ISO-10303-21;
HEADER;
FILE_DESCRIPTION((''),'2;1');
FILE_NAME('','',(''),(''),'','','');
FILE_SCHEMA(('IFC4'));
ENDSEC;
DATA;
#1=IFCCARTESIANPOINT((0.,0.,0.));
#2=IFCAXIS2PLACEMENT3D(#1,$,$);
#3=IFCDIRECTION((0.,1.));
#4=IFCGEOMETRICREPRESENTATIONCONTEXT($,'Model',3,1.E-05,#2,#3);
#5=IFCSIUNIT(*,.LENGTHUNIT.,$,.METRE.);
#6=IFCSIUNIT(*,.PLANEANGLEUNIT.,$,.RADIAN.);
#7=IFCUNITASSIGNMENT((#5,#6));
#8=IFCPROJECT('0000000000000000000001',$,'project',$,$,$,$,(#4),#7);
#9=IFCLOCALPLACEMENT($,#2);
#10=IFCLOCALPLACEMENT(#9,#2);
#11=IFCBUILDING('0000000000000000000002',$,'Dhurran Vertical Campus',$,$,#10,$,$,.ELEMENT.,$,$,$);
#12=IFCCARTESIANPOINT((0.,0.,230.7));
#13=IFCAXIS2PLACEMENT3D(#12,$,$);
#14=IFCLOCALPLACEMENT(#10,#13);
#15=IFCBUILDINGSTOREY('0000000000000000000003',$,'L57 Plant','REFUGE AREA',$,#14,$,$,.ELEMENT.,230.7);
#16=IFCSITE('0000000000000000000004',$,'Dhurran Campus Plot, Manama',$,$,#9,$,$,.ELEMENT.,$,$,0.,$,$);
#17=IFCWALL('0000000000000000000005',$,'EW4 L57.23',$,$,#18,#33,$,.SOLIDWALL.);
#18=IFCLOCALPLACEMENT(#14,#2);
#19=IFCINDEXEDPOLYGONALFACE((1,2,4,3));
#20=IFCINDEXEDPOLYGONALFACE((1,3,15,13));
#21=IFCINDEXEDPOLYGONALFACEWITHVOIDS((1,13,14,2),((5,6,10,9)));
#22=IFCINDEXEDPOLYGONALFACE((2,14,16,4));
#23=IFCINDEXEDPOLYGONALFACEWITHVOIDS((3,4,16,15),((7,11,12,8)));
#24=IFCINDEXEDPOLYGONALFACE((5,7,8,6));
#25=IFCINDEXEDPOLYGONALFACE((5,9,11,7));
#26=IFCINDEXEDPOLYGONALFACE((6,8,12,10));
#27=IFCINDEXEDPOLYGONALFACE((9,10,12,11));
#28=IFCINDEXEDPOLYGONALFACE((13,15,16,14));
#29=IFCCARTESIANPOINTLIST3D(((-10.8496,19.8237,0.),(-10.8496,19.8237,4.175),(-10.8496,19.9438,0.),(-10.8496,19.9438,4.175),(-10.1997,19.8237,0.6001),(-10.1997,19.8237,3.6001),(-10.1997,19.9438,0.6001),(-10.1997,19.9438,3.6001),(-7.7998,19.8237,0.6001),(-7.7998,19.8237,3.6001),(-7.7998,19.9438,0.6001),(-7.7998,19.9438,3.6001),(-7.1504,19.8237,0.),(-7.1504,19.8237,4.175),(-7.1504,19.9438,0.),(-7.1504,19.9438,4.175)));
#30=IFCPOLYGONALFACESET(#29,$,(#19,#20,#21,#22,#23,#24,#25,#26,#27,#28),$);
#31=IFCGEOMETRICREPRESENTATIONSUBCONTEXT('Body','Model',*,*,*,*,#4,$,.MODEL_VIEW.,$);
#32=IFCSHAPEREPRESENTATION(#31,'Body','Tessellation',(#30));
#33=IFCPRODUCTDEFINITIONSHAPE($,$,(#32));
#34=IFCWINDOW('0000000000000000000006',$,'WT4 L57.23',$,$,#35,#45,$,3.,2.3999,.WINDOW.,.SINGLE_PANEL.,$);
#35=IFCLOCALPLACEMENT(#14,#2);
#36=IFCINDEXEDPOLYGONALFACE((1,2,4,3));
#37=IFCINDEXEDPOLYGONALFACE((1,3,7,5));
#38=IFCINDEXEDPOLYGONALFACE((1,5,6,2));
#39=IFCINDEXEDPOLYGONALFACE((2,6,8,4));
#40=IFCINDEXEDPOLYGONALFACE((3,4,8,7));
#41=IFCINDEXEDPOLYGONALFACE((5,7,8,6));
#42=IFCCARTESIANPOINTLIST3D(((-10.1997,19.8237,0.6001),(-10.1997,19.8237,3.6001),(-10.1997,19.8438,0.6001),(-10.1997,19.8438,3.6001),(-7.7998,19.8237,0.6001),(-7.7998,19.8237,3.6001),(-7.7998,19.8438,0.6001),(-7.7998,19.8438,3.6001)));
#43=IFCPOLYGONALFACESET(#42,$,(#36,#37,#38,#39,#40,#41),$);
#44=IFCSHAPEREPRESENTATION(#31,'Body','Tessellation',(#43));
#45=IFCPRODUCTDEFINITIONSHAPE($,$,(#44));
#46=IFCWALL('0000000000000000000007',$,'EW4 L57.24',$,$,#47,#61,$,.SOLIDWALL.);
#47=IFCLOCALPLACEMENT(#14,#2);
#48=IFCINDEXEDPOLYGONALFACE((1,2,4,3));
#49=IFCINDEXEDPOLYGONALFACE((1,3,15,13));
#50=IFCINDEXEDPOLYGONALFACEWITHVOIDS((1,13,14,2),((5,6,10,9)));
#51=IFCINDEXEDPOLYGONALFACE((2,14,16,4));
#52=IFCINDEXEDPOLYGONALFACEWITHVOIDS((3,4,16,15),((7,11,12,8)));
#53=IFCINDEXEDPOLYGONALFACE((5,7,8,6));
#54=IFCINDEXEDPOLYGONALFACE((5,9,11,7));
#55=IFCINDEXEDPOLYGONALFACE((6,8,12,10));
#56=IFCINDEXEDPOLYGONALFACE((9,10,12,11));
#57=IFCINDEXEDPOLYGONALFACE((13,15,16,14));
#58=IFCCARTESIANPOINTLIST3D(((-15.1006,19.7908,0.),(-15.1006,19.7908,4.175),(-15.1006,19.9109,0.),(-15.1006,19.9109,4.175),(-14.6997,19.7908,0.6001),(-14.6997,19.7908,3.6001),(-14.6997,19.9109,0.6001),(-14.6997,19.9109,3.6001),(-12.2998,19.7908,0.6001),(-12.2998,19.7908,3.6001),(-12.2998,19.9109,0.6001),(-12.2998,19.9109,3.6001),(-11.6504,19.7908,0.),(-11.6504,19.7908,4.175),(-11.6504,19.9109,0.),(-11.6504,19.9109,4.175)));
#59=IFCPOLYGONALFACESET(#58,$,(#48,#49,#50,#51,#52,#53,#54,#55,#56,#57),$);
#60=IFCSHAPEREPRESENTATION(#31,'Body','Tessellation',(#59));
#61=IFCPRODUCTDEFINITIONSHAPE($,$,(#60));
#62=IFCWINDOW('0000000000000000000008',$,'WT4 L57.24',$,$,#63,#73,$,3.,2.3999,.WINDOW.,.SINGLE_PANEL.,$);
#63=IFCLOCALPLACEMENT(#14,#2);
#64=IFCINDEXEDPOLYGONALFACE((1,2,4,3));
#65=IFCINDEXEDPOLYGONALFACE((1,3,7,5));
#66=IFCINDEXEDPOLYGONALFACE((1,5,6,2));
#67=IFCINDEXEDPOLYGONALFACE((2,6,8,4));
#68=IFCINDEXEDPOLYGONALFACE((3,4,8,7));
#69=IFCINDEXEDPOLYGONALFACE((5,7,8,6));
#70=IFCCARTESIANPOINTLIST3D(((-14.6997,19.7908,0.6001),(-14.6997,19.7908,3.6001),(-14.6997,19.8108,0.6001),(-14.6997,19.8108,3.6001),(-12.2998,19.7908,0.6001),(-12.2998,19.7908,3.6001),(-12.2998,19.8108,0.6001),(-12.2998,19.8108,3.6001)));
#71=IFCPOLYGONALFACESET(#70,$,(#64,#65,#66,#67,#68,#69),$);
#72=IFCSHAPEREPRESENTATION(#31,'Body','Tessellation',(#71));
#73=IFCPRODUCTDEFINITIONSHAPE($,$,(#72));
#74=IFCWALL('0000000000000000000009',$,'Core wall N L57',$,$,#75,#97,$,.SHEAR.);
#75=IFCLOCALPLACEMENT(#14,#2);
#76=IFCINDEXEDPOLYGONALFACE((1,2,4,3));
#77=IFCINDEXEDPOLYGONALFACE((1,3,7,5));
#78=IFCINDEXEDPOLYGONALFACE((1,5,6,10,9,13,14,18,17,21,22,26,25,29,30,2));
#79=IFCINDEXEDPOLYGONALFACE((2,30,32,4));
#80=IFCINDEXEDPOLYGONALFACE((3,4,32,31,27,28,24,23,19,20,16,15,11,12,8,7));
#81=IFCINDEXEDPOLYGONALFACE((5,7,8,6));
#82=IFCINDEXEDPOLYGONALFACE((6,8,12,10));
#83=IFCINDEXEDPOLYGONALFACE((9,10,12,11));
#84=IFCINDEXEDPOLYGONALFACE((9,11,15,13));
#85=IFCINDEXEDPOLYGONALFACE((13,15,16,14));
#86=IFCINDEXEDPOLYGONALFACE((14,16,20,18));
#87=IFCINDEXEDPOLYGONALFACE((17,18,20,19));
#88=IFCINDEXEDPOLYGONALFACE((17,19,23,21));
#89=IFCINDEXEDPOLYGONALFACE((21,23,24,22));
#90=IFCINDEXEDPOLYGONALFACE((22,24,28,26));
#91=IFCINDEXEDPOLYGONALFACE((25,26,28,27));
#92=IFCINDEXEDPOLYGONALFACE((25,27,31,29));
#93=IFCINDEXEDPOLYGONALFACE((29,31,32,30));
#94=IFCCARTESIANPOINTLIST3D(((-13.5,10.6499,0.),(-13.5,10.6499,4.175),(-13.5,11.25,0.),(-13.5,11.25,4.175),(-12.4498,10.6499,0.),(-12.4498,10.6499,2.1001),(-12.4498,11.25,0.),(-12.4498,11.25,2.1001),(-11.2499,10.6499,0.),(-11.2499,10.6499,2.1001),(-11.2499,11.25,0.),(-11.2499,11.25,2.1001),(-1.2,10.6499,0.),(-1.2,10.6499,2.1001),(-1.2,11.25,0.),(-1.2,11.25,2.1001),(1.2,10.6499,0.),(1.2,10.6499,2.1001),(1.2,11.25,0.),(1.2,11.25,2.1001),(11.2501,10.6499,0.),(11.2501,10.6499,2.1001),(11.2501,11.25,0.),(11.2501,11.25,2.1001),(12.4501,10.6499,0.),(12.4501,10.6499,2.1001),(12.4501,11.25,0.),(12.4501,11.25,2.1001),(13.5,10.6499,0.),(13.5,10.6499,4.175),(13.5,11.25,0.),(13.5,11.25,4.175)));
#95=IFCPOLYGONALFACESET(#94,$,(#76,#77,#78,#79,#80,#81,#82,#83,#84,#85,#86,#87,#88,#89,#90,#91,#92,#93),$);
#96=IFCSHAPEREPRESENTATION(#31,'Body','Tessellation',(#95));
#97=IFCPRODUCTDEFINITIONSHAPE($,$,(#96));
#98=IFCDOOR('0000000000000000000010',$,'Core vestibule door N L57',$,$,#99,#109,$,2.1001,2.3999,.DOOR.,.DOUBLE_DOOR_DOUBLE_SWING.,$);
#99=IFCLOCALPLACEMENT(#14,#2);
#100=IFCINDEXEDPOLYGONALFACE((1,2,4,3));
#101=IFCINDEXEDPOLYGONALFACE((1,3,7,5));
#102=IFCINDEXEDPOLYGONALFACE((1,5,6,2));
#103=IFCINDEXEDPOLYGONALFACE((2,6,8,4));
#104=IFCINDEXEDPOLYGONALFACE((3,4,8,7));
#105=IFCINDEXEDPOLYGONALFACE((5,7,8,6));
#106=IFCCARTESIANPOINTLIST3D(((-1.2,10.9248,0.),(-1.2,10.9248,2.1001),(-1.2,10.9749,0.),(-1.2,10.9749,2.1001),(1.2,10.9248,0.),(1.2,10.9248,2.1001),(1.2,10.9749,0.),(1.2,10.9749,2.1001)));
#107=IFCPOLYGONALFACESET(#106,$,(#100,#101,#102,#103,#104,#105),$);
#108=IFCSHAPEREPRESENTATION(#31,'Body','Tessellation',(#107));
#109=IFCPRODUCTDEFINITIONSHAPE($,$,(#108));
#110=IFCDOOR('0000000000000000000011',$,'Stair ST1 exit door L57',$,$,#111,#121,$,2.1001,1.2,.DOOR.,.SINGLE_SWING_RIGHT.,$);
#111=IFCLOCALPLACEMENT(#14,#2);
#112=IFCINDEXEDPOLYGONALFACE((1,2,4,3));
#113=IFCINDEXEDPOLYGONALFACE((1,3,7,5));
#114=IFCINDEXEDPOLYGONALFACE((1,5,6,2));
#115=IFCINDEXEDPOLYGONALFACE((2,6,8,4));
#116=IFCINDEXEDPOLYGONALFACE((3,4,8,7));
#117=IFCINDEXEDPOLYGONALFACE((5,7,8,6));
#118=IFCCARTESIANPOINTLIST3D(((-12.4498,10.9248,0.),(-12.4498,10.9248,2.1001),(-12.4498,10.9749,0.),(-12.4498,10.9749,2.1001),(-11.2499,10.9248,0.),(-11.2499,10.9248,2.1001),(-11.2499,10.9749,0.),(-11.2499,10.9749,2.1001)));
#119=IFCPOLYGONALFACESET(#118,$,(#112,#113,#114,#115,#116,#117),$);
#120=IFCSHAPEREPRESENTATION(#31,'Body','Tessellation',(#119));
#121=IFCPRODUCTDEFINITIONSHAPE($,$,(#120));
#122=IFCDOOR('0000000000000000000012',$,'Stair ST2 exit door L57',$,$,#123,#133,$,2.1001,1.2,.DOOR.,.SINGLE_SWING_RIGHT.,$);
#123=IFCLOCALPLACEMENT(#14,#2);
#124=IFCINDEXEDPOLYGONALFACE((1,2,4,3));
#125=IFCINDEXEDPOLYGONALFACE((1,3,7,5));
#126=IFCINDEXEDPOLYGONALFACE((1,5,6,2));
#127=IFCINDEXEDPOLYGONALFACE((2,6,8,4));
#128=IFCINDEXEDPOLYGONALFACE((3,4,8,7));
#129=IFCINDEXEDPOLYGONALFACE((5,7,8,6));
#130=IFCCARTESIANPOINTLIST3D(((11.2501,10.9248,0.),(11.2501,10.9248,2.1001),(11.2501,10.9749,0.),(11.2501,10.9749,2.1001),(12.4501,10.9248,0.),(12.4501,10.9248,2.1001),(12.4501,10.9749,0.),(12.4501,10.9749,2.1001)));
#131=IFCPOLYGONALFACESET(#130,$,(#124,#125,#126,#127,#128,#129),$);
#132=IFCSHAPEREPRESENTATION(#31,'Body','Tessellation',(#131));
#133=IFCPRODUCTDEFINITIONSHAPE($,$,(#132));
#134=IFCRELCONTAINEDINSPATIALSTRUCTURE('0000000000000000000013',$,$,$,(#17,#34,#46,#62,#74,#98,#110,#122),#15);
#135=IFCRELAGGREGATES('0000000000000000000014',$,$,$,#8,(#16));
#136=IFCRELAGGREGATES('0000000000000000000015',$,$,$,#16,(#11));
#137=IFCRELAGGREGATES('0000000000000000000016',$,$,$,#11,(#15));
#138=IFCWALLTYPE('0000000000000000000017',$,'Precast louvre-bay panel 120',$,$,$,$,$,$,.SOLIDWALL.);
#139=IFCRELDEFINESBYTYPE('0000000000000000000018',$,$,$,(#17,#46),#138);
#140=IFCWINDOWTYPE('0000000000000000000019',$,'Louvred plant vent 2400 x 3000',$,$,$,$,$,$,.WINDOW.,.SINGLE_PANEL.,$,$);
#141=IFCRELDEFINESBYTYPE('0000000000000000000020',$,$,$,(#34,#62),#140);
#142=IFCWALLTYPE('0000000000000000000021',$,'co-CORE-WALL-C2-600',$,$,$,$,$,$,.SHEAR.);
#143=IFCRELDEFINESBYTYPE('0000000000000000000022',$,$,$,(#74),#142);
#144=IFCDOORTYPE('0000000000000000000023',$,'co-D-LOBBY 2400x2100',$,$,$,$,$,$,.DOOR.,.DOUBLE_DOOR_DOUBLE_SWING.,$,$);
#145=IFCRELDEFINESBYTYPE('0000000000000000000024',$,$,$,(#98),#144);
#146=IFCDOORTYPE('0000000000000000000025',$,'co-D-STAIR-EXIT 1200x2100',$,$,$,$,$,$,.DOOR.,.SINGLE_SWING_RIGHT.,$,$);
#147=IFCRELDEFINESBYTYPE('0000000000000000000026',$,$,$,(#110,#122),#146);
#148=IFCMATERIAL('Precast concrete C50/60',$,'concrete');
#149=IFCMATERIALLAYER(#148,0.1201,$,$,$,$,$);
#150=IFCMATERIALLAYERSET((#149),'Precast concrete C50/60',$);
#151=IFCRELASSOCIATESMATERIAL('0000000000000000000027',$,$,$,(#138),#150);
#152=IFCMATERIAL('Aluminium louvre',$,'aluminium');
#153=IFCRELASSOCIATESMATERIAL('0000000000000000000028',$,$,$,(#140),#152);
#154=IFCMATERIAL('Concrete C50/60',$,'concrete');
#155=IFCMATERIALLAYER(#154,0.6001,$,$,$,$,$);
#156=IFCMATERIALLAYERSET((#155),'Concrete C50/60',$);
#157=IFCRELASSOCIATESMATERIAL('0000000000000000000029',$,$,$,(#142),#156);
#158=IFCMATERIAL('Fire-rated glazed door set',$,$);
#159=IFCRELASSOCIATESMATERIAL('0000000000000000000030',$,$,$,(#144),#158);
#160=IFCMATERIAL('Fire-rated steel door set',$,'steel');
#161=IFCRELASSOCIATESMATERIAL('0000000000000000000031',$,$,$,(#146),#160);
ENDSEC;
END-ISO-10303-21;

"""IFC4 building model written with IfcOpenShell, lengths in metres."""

from ifc_helpers import new_model, si_unit, direction, frame, frame_2d, origin, place, context, subcontext, project, spatial, rectangle, extrude, material, layer, layer_set, type_object, element, fill, save


model = new_model("IFC4")

# Units and contexts
model_context = context("Model", 3, precision=1e-05, world=origin(), true_north=direction((0.0, 1.0)))
body_context = subcontext(model_context, "Body", "Model", "MODEL_VIEW")
ifc_project = project(units=[si_unit("LENGTHUNIT", "METRE"), si_unit("PLANEANGLEUNIT", "RADIAN")], contexts=[model_context])

# Site, building, storey
site_placement = place(None, origin())
site = spatial("IfcSite", under=ifc_project, at=site_placement, Name="Dhurran Campus Plot, Manama", CompositionType="ELEMENT", RefElevation=0.0)
building_placement = place(site_placement, origin())
building = spatial("IfcBuilding", under=site, at=building_placement, Name="Dhurran Vertical Campus", CompositionType="ELEMENT")
storey_placement = place(building_placement, frame((0.0, 0.0, 230.7)))
storey = spatial("IfcBuildingStorey", under=building, at=storey_placement, Name="L57 Plant", Description="REFUGE AREA", CompositionType="ELEMENT", Elevation=230.7)

# Walls, openings, windows
ifc_material_1 = material(Name="Precast concrete C50/60", Category="concrete")
ifc_layer_1 = layer(ifc_material_1, 0.1201)
ifc_layer_set_1 = layer_set([ifc_layer_1], Name="Precast concrete C50/60")
wall_type_1 = type_object("IfcWallType", Name="Precast louvre-bay panel 120", PredefinedType="SOLIDWALL", material=ifc_layer_set_1)
wall_1_placement = place(storey_placement, frame((-7.1504, 19.8838, 0.0), z_axis=(0.0, 0.0, 1.0), x_axis=(-1.0, 0.0, 0.0)))
wall_1 = element("IfcWall", 1, at=wall_1_placement, inside=storey, type_object=wall_type_1, Name="EW4 L57.23", PredefinedType="SOLIDWALL", context=body_context, shape_type="SweptSolid", body=[
    extrude(rectangle(XDim=3.6992, YDim=0.1201, at=frame_2d((1.8496, 0.0))), origin(), (0.0, 0.0, 1.0), 4.175),
])
opening_1_placement = place(wall_1_placement, frame((0.6494, 0.0, 0.6001)))
opening_1 = element("IfcOpeningElement", 2, at=opening_1_placement, cuts=wall_1, PredefinedType="OPENING", context=body_context, shape_type="SweptSolid", body=[
    extrude(rectangle(XDim=2.3999, YDim=3.0, at=frame_2d((1.2, 1.5))), frame((0.0, 0.0701, 0.0), z_axis=(0.0, -1.0, 0.0), x_axis=(1.0, 0.0, 0.0)), (0.0, 0.0, 1.0), 0.1401),
])
ifc_material_2 = material(Name="Aluminium louvre", Category="aluminium")
window_type = type_object("IfcWindowType", Name="Louvred plant vent 2400 x 3000", PartitioningType="SINGLE_PANEL", PredefinedType="WINDOW", material=ifc_material_2)
window_1_placement = place(opening_1_placement, origin())
window_1 = element("IfcWindow", 3, at=window_1_placement, inside=storey, type_object=window_type, Name="WT4 L57.23", OverallHeight=3.0, OverallWidth=2.3999, PartitioningType="SINGLE_PANEL", PredefinedType="WINDOW", context=body_context, shape_type="SweptSolid", body=[
    extrude(rectangle(XDim=2.3999, YDim=3.0, at=frame_2d((1.2, 1.5))), frame((0.0, 0.0601, 0.0), z_axis=(0.0, -1.0, 0.0), x_axis=(1.0, 0.0, 0.0)), (0.0, 0.0, 1.0), 0.02),
])
fill(opening_1, window_1)
wall_2_placement = place(storey_placement, frame((-11.6504, 19.8508, 0.0), z_axis=(0.0, 0.0, 1.0), x_axis=(-1.0, 0.0, 0.0)))
wall_2 = element("IfcWall", 4, at=wall_2_placement, inside=storey, type_object=wall_type_1, Name="EW4 L57.24", PredefinedType="SOLIDWALL", context=body_context, shape_type="SweptSolid", body=[
    extrude(rectangle(XDim=3.4502, YDim=0.1201, at=frame_2d((1.7251, 0.0))), origin(), (0.0, 0.0, 1.0), 4.175),
])
opening_2_placement = place(wall_2_placement, frame((0.6494, 0.0, 0.6001)))
opening_2 = element("IfcOpeningElement", 5, at=opening_2_placement, cuts=wall_2, PredefinedType="OPENING", context=body_context, shape_type="SweptSolid", body=[
    extrude(rectangle(XDim=2.3999, YDim=3.0, at=frame_2d((1.2, 1.5))), frame((0.0, 0.0701, 0.0), z_axis=(0.0, -1.0, 0.0), x_axis=(1.0, 0.0, 0.0)), (0.0, 0.0, 1.0), 0.1401),
])
window_2_placement = place(opening_2_placement, origin())
window_2 = element("IfcWindow", 6, at=window_2_placement, inside=storey, type_object=window_type, Name="WT4 L57.24", OverallHeight=3.0, OverallWidth=2.3999, PartitioningType="SINGLE_PANEL", PredefinedType="WINDOW", context=body_context, shape_type="SweptSolid", body=[
    extrude(rectangle(XDim=2.3999, YDim=3.0, at=frame_2d((1.2, 1.5))), frame((0.0, 0.0601, 0.0), z_axis=(0.0, -1.0, 0.0), x_axis=(1.0, 0.0, 0.0)), (0.0, 0.0, 1.0), 0.02),
])
fill(opening_2, window_2)

# Wall, openings, doors
ifc_material_3 = material(Name="Concrete C50/60", Category="concrete")
ifc_layer_2 = layer(ifc_material_3, 0.6001)
ifc_layer_set_2 = layer_set([ifc_layer_2], Name="Concrete C50/60")
wall_type_2 = type_object("IfcWallType", Name="co-CORE-WALL-C2-600", PredefinedType="SHEAR", material=ifc_layer_set_2)
wall_3_placement = place(storey_placement, frame((-13.5, 10.95, 0.0), z_axis=(0.0, 0.0, 1.0), x_axis=(1.0, 0.0, 0.0)))
wall_3 = element("IfcWall", 7, at=wall_3_placement, inside=storey, type_object=wall_type_2, Name="Core wall N L57", PredefinedType="SHEAR", context=body_context, shape_type="SweptSolid", body=[
    extrude(rectangle(XDim=27.0, YDim=0.6001, at=frame_2d((13.5, 0.0))), origin(), (0.0, 0.0, 1.0), 4.175),
])
opening_3_placement = place(wall_3_placement, frame((12.3, 0.0, 0.0)))
opening_3 = element("IfcOpeningElement", 8, at=opening_3_placement, cuts=wall_3, PredefinedType="OPENING", context=body_context, shape_type="SweptSolid", body=[
    extrude(rectangle(XDim=2.3999, YDim=2.1001, at=frame_2d((1.2, 1.05))), frame((0.0, 0.3101, 0.0), z_axis=(0.0, -1.0, 0.0), x_axis=(1.0, 0.0, 0.0)), (0.0, 0.0, 1.0), 0.6201),
])
opening_4_placement = place(wall_3_placement, frame((1.05, 0.0, 0.0)))
opening_4 = element("IfcOpeningElement", 9, at=opening_4_placement, cuts=wall_3, PredefinedType="OPENING", context=body_context, shape_type="SweptSolid", body=[
    extrude(rectangle(XDim=1.2, YDim=2.1001, at=frame_2d((0.6001, 1.05))), frame((0.0, 0.3101, 0.0), z_axis=(0.0, -1.0, 0.0), x_axis=(1.0, 0.0, 0.0)), (0.0, 0.0, 1.0), 0.6201),
])
opening_5_placement = place(wall_3_placement, frame((24.75, 0.0, 0.0)))
opening_5 = element("IfcOpeningElement", 10, at=opening_5_placement, cuts=wall_3, PredefinedType="OPENING", context=body_context, shape_type="SweptSolid", body=[
    extrude(rectangle(XDim=1.2, YDim=2.1001, at=frame_2d((0.6001, 1.05))), frame((0.0, 0.3101, 0.0), z_axis=(0.0, -1.0, 0.0), x_axis=(1.0, 0.0, 0.0)), (0.0, 0.0, 1.0), 0.6201),
])
ifc_material_4 = material(Name="Fire-rated glazed door set")
door_type_1 = type_object("IfcDoorType", Name="co-D-LOBBY 2400x2100", OperationType="DOUBLE_DOOR_DOUBLE_SWING", PredefinedType="DOOR", material=ifc_material_4)
door_1_placement = place(opening_3_placement, origin())
door_1 = element("IfcDoor", 11, at=door_1_placement, inside=storey, type_object=door_type_1, Name="Core vestibule door N L57", OperationType="DOUBLE_DOOR_DOUBLE_SWING", OverallHeight=2.1001, OverallWidth=2.3999, PredefinedType="DOOR", context=body_context, shape_type="SweptSolid", body=[
    extrude(rectangle(XDim=2.3999, YDim=2.1001, at=frame_2d((1.2, 1.05))), frame((0.0, 0.0249, 0.0), z_axis=(0.0, -1.0, 0.0), x_axis=(1.0, 0.0, 0.0)), (0.0, 0.0, 1.0), 0.05),
])
fill(opening_3, door_1)
ifc_material_5 = material(Name="Fire-rated steel door set", Category="steel")
door_type_2 = type_object("IfcDoorType", Name="co-D-STAIR-EXIT 1200x2100", OperationType="SINGLE_SWING_RIGHT", PredefinedType="DOOR", material=ifc_material_5)
door_2_placement = place(opening_4_placement, origin())
door_2 = element("IfcDoor", 12, at=door_2_placement, inside=storey, type_object=door_type_2, Name="Stair ST1 exit door L57", OperationType="SINGLE_SWING_RIGHT", OverallHeight=2.1001, OverallWidth=1.2, PredefinedType="DOOR", context=body_context, shape_type="SweptSolid", body=[
    extrude(rectangle(XDim=1.2, YDim=2.1001, at=frame_2d((0.6001, 1.05))), frame((0.0, 0.0249, 0.0), z_axis=(0.0, -1.0, 0.0), x_axis=(1.0, 0.0, 0.0)), (0.0, 0.0, 1.0), 0.05),
])
fill(opening_4, door_2)
door_3_placement = place(opening_5_placement, origin())
door_3 = element("IfcDoor", 13, at=door_3_placement, inside=storey, type_object=door_type_2, Name="Stair ST2 exit door L57", OperationType="SINGLE_SWING_RIGHT", OverallHeight=2.1001, OverallWidth=1.2, PredefinedType="DOOR", context=body_context, shape_type="SweptSolid", body=[
    extrude(rectangle(XDim=1.2, YDim=2.1001, at=frame_2d((0.6001, 1.05))), frame((0.0, 0.0249, 0.0), z_axis=(0.0, -1.0, 0.0), x_axis=(1.0, 0.0, 0.0)), (0.0, 0.0, 1.0), 0.05),
])
fill(opening_5, door_3)

save(model, "model.ifc")
